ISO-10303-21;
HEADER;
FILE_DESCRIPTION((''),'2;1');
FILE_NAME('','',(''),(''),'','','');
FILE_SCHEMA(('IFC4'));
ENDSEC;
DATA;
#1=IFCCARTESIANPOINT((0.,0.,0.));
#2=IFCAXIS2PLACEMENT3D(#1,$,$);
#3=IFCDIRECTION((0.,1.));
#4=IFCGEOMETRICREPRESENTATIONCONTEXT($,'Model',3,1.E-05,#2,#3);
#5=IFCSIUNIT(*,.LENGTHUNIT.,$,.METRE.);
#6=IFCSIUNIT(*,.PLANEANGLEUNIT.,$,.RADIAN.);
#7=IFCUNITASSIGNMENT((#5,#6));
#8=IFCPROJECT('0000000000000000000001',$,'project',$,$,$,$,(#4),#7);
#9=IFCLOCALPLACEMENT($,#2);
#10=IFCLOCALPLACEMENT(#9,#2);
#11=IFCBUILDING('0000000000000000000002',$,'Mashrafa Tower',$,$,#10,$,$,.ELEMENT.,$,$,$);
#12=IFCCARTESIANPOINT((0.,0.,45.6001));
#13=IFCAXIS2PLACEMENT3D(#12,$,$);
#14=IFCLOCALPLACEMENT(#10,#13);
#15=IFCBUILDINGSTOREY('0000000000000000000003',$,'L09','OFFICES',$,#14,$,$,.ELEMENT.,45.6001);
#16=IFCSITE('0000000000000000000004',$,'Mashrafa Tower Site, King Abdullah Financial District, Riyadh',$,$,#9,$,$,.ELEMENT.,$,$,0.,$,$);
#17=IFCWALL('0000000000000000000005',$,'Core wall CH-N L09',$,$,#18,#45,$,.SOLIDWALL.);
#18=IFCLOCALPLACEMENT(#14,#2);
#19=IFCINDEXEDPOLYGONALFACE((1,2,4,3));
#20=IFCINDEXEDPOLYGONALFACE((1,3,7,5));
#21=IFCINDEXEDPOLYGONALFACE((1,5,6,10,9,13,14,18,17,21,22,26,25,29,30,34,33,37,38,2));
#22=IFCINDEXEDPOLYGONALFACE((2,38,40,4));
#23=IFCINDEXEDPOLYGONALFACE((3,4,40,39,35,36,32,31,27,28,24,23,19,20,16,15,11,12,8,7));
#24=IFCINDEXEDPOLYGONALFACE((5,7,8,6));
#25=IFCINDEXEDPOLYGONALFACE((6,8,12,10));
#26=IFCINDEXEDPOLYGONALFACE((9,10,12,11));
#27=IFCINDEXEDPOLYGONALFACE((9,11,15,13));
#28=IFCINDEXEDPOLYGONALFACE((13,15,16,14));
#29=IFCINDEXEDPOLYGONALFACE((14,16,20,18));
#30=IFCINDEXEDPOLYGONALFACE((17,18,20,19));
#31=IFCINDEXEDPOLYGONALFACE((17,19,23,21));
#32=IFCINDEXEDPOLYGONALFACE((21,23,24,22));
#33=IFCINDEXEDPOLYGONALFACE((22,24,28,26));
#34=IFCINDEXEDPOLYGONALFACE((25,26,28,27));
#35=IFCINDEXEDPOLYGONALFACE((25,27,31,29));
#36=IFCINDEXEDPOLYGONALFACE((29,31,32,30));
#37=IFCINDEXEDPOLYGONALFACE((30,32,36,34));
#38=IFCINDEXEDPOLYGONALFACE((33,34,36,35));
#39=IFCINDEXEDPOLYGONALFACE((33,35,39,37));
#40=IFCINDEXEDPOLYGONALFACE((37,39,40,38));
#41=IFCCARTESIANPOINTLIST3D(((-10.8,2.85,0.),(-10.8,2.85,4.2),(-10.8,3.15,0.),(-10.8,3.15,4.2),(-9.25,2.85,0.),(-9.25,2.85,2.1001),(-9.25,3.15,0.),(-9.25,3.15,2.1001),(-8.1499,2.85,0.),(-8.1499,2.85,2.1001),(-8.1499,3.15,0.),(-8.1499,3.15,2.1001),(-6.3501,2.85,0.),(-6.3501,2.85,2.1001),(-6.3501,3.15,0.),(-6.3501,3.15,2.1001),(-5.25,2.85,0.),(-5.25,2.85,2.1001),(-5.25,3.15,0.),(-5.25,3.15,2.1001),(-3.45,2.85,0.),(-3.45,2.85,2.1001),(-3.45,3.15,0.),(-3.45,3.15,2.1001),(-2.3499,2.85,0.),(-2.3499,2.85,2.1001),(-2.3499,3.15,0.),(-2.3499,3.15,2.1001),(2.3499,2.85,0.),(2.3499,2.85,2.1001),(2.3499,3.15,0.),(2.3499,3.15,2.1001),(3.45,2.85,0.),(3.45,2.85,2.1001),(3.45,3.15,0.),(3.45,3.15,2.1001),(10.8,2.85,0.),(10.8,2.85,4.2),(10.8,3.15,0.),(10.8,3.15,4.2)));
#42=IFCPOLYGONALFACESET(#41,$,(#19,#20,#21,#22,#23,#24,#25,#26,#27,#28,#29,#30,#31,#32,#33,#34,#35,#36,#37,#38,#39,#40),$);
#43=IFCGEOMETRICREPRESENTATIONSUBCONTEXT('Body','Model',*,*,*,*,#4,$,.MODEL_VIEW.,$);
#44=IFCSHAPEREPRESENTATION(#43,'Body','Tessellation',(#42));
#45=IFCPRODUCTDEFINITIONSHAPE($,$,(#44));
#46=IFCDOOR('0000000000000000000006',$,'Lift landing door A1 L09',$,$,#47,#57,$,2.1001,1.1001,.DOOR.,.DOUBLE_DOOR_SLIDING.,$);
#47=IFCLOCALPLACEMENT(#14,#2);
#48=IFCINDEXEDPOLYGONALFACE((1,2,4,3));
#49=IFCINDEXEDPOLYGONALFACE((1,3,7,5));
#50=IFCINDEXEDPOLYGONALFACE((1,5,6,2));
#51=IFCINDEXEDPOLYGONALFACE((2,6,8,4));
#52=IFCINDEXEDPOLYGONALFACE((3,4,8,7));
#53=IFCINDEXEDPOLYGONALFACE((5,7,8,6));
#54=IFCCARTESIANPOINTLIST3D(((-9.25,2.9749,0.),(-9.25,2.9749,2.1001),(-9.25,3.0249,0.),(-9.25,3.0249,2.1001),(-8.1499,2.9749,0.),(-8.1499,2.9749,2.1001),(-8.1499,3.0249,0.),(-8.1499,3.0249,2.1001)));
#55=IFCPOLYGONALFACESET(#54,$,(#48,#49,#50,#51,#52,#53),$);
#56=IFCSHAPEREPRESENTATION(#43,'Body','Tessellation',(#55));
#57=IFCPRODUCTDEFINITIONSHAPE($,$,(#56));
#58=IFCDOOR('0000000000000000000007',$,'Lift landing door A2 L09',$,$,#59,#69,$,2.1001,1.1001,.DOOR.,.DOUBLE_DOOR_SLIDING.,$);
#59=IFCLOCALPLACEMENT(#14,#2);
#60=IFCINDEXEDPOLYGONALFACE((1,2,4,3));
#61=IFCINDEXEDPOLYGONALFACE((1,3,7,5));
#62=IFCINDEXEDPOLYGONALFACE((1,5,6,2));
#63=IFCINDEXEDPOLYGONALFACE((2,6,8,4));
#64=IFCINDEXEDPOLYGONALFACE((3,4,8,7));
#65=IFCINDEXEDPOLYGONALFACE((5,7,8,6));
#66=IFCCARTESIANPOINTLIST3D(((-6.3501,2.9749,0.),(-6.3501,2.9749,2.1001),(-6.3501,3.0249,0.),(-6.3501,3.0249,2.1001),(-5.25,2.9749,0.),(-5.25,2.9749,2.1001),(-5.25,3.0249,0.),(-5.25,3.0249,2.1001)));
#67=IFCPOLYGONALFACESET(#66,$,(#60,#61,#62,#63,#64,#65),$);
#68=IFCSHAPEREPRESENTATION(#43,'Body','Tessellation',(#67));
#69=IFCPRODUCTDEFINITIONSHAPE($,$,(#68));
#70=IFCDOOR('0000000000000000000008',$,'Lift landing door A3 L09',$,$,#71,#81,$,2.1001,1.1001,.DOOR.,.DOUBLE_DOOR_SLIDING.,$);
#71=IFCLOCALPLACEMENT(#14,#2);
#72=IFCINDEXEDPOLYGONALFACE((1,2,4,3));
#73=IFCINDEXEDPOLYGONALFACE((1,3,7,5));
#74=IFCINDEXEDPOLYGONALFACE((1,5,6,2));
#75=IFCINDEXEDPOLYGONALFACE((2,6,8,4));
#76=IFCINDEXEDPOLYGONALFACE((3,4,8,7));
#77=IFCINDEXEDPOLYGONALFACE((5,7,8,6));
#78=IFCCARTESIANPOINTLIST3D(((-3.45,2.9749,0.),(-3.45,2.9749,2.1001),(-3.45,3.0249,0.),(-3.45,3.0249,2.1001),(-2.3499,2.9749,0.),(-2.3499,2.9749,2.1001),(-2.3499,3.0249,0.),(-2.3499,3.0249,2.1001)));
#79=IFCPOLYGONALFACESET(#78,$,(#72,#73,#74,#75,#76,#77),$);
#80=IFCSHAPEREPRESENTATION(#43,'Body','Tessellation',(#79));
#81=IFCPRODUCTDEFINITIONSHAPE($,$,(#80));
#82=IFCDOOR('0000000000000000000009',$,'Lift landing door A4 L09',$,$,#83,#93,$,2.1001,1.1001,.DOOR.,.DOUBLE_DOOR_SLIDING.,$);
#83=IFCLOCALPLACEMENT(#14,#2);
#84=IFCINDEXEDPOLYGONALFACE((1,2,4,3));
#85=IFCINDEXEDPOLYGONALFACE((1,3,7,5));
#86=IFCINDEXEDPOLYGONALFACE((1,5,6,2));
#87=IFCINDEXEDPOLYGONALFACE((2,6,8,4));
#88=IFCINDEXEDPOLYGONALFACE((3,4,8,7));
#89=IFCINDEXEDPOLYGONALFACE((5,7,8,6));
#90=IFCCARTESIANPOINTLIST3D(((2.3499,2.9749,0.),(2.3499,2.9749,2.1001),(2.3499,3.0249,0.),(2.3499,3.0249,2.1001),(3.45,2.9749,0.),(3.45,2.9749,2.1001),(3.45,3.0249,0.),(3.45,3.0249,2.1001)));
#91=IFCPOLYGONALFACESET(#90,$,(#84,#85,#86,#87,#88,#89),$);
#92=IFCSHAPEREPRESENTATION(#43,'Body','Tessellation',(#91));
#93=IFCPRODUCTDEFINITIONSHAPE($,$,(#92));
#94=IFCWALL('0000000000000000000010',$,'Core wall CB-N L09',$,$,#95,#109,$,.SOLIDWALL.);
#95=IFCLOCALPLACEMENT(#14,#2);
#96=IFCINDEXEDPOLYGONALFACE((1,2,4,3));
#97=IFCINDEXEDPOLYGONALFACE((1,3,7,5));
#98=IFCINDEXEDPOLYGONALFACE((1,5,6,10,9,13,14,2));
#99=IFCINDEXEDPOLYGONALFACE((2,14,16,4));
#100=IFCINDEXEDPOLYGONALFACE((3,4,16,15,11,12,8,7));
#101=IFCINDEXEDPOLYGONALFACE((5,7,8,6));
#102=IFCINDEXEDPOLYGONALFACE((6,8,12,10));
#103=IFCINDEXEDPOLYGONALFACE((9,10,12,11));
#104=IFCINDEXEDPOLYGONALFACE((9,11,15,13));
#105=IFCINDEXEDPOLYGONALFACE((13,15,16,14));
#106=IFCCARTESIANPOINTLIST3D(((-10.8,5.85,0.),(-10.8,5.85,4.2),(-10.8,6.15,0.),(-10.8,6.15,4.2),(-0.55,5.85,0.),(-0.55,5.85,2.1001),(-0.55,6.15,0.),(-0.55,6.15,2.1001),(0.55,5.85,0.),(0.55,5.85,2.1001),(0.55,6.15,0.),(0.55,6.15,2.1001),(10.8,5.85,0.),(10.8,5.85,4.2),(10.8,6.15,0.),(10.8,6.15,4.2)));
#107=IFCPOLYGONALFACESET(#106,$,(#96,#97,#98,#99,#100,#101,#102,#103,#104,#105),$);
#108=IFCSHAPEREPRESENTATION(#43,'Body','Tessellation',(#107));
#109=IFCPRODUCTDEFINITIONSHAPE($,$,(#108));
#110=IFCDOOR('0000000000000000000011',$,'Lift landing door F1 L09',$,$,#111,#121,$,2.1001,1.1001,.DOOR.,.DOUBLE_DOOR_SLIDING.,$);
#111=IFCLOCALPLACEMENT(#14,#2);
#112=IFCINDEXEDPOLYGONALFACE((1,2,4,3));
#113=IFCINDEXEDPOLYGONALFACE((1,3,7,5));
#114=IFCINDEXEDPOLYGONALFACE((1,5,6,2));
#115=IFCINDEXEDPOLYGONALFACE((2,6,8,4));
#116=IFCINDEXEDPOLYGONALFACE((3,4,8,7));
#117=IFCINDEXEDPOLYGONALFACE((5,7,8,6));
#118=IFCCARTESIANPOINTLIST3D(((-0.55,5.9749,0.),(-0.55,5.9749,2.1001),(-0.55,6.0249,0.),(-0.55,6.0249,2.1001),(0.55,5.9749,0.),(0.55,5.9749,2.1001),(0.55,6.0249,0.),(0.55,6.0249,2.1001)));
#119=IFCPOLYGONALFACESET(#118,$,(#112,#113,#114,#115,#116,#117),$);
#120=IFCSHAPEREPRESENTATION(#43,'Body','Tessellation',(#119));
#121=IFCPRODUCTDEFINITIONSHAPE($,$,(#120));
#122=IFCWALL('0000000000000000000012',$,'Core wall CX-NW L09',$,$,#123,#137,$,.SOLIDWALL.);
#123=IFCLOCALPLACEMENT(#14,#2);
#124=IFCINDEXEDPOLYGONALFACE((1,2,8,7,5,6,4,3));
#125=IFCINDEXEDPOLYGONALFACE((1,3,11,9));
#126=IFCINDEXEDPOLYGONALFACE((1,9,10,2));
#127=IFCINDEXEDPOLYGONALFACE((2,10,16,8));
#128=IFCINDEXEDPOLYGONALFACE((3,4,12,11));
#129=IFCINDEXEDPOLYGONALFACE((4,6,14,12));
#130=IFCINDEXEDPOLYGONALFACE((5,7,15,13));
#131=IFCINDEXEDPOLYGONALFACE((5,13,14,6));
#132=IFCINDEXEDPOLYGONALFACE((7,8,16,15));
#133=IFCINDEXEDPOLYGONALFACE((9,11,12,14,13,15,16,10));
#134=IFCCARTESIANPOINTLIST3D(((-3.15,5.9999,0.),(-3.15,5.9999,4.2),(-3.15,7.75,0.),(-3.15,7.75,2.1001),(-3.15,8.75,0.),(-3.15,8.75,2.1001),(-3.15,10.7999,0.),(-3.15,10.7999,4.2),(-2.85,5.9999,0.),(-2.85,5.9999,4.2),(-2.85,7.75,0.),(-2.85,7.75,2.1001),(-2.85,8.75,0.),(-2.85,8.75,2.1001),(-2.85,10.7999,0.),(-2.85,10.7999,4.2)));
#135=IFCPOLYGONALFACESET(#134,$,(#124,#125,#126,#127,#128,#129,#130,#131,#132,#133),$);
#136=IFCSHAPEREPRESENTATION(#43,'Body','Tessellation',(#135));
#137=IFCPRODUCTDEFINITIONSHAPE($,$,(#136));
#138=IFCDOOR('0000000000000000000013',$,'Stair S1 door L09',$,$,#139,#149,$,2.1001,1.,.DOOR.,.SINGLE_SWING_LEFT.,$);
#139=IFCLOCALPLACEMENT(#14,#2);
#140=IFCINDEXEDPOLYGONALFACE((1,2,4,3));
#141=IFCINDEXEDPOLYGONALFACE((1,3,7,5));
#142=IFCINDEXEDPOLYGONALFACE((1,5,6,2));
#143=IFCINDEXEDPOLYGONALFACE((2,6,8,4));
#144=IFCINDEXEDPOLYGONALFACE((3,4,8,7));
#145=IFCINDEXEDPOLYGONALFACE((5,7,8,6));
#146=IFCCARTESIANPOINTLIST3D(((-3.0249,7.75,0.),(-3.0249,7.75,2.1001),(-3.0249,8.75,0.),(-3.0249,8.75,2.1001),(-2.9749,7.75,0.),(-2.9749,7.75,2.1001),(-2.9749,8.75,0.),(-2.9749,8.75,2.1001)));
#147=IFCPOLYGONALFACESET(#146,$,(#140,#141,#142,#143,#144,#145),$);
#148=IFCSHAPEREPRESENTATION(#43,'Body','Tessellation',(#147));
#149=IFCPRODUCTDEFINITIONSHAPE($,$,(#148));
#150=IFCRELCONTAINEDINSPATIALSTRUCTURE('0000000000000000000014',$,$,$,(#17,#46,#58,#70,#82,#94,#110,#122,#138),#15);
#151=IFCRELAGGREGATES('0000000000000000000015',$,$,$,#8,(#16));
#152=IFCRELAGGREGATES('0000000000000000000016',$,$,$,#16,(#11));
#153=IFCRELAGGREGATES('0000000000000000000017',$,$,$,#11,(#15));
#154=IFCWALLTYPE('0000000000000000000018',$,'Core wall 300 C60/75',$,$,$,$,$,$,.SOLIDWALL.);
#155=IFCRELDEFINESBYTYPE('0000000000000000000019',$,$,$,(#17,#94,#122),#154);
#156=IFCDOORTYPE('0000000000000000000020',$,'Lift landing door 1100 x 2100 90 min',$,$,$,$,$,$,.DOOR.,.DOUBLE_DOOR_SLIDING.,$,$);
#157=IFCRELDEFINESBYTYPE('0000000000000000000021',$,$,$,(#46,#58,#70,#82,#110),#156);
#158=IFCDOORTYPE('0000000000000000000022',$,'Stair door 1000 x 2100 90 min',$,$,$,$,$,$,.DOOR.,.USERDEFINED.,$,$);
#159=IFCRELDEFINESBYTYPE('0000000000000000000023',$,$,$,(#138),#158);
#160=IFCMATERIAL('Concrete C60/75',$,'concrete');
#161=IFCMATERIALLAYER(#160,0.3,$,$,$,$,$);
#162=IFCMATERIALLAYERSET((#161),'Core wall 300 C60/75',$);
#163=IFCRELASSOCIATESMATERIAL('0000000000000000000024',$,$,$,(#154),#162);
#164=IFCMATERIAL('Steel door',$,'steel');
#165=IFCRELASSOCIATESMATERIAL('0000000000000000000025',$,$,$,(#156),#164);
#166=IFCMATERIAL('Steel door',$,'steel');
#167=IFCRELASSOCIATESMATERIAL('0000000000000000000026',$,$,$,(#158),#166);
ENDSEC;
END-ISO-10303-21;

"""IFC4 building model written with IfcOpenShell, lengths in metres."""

from ifc_helpers import new_model, si_unit, direction, frame, frame_2d, origin, place, context, subcontext, project, spatial, rectangle, extrude, material, layer, layer_set, type_object, element, fill, save


model = new_model("IFC4")

# Units and contexts
model_context = context("Model", 3, precision=1e-05, world=origin(), true_north=direction((0.0, 1.0)))
body_context = subcontext(model_context, "Body", "Model", "MODEL_VIEW")
ifc_project = project(units=[si_unit("LENGTHUNIT", "METRE"), si_unit("PLANEANGLEUNIT", "RADIAN")], contexts=[model_context])

# Site, building, storey
site_placement = place(None, origin())
site = spatial("IfcSite", under=ifc_project, at=site_placement, Name="Mashrafa Tower Site, King Abdullah Financial District, Riyadh", CompositionType="ELEMENT", RefElevation=0.0)
building_placement = place(site_placement, origin())
building = spatial("IfcBuilding", under=site, at=building_placement, Name="Mashrafa Tower", CompositionType="ELEMENT")
storey_placement = place(building_placement, frame((0.0, 0.0, 45.6001)))
storey = spatial("IfcBuildingStorey", under=building, at=storey_placement, Name="L09", Description="OFFICES", CompositionType="ELEMENT", Elevation=45.6001)

# Wall, openings, doors
ifc_material_1 = material(Name="Concrete C60/75", Category="concrete")
ifc_layer_1 = layer(ifc_material_1, 0.3)
ifc_layer_set_1 = layer_set([ifc_layer_1], Name="Core wall 300 C60/75")
wall_type_1 = type_object("IfcWallType", Name="Core wall 300 C60/75", PredefinedType="SOLIDWALL", material=ifc_layer_set_1)
wall_1_placement = place(storey_placement, frame((-10.8, 3.0, 0.0), z_axis=(0.0, 0.0, 1.0), x_axis=(1.0, 0.0, 0.0)))
wall_1 = element("IfcWall", 1, at=wall_1_placement, inside=storey, type_object=wall_type_1, Name="Core wall CH-N L09", PredefinedType="SOLIDWALL", context=body_context, shape_type="SweptSolid", body=[
    extrude(rectangle(XDim=21.6001, YDim=0.3, at=frame_2d((10.8, 0.0))), origin(), (0.0, 0.0, 1.0), 4.2),
])
opening_1_placement = place(wall_1_placement, frame((1.55, 0.0, 0.0)))
opening_1 = element("IfcOpeningElement", 2, at=opening_1_placement, cuts=wall_1, PredefinedType="OPENING", context=body_context, shape_type="SweptSolid", body=[
    extrude(rectangle(XDim=1.1001, YDim=2.1001, at=frame_2d((0.55, 1.05))), frame((0.0, 0.1599, 0.0), z_axis=(0.0, -1.0, 0.0), x_axis=(1.0, 0.0, 0.0)), (0.0, 0.0, 1.0), 0.3201),
])
opening_2_placement = place(wall_1_placement, frame((4.45, 0.0, 0.0)))
opening_2 = element("IfcOpeningElement", 3, at=opening_2_placement, cuts=wall_1, PredefinedType="OPENING", context=body_context, shape_type="SweptSolid", body=[
    extrude(rectangle(XDim=1.1001, YDim=2.1001, at=frame_2d((0.55, 1.05))), frame((0.0, 0.1599, 0.0), z_axis=(0.0, -1.0, 0.0), x_axis=(1.0, 0.0, 0.0)), (0.0, 0.0, 1.0), 0.3201),
])
opening_3_placement = place(wall_1_placement, frame((7.3501, 0.0, 0.0)))
opening_3 = element("IfcOpeningElement", 4, at=opening_3_placement, cuts=wall_1, PredefinedType="OPENING", context=body_context, shape_type="SweptSolid", body=[
    extrude(rectangle(XDim=1.1001, YDim=2.1001, at=frame_2d((0.55, 1.05))), frame((0.0, 0.1599, 0.0), z_axis=(0.0, -1.0, 0.0), x_axis=(1.0, 0.0, 0.0)), (0.0, 0.0, 1.0), 0.3201),
])
opening_4_placement = place(wall_1_placement, frame((13.1499, 0.0, 0.0)))
opening_4 = element("IfcOpeningElement", 5, at=opening_4_placement, cuts=wall_1, PredefinedType="OPENING", context=body_context, shape_type="SweptSolid", body=[
    extrude(rectangle(XDim=1.1001, YDim=2.1001, at=frame_2d((0.55, 1.05))), frame((0.0, 0.1599, 0.0), z_axis=(0.0, -1.0, 0.0), x_axis=(1.0, 0.0, 0.0)), (0.0, 0.0, 1.0), 0.3201),
])
ifc_material_2 = material(Name="Steel door", Category="steel")
door_type_1 = type_object("IfcDoorType", Name="Lift landing door 1100 x 2100 90 min", OperationType="DOUBLE_DOOR_SLIDING", PredefinedType="DOOR", material=ifc_material_2)
door_1_placement = place(opening_1_placement, origin())
door_1 = element("IfcDoor", 6, at=door_1_placement, inside=storey, type_object=door_type_1, Name="Lift landing door A1 L09", OperationType="DOUBLE_DOOR_SLIDING", OverallHeight=2.1001, OverallWidth=1.1001, PredefinedType="DOOR", context=body_context, shape_type="SweptSolid", body=[
    extrude(rectangle(XDim=1.1001, YDim=2.1001, at=frame_2d((0.55, 1.05))), frame((0.0, 0.0249, 0.0), z_axis=(0.0, -1.0, 0.0), x_axis=(1.0, 0.0, 0.0)), (0.0, 0.0, 1.0), 0.05),
])
fill(opening_1, door_1)
door_2_placement = place(opening_2_placement, origin())
door_2 = element("IfcDoor", 7, at=door_2_placement, inside=storey, type_object=door_type_1, Name="Lift landing door A2 L09", OperationType="DOUBLE_DOOR_SLIDING", OverallHeight=2.1001, OverallWidth=1.1001, PredefinedType="DOOR", context=body_context, shape_type="SweptSolid", body=[
    extrude(rectangle(XDim=1.1001, YDim=2.1001, at=frame_2d((0.55, 1.05))), frame((0.0, 0.0249, 0.0), z_axis=(0.0, -1.0, 0.0), x_axis=(1.0, 0.0, 0.0)), (0.0, 0.0, 1.0), 0.05),
])
fill(opening_2, door_2)
door_3_placement = place(opening_3_placement, origin())
door_3 = element("IfcDoor", 8, at=door_3_placement, inside=storey, type_object=door_type_1, Name="Lift landing door A3 L09", OperationType="DOUBLE_DOOR_SLIDING", OverallHeight=2.1001, OverallWidth=1.1001, PredefinedType="DOOR", context=body_context, shape_type="SweptSolid", body=[
    extrude(rectangle(XDim=1.1001, YDim=2.1001, at=frame_2d((0.55, 1.05))), frame((0.0, 0.0249, 0.0), z_axis=(0.0, -1.0, 0.0), x_axis=(1.0, 0.0, 0.0)), (0.0, 0.0, 1.0), 0.05),
])
fill(opening_3, door_3)
door_4_placement = place(opening_4_placement, origin())
door_4 = element("IfcDoor", 9, at=door_4_placement, inside=storey, type_object=door_type_1, Name="Lift landing door A4 L09", OperationType="DOUBLE_DOOR_SLIDING", OverallHeight=2.1001, OverallWidth=1.1001, PredefinedType="DOOR", context=body_context, shape_type="SweptSolid", body=[
    extrude(rectangle(XDim=1.1001, YDim=2.1001, at=frame_2d((0.55, 1.05))), frame((0.0, 0.0249, 0.0), z_axis=(0.0, -1.0, 0.0), x_axis=(1.0, 0.0, 0.0)), (0.0, 0.0, 1.0), 0.05),
])
fill(opening_4, door_4)

# Walls, openings, doors
wall_2_placement = place(storey_placement, frame((-10.8, 6.0, 0.0), z_axis=(0.0, 0.0, 1.0), x_axis=(1.0, 0.0, 0.0)))
wall_2 = element("IfcWall", 10, at=wall_2_placement, inside=storey, type_object=wall_type_1, Name="Core wall CB-N L09", PredefinedType="SOLIDWALL", context=body_context, shape_type="SweptSolid", body=[
    extrude(rectangle(XDim=21.6001, YDim=0.3, at=frame_2d((10.8, 0.0))), origin(), (0.0, 0.0, 1.0), 4.2),
])
opening_5_placement = place(wall_2_placement, frame((10.25, 0.0, 0.0)))
opening_5 = element("IfcOpeningElement", 11, at=opening_5_placement, cuts=wall_2, PredefinedType="OPENING", context=body_context, shape_type="SweptSolid", body=[
    extrude(rectangle(XDim=1.1001, YDim=2.1001, at=frame_2d((0.55, 1.05))), frame((0.0, 0.1599, 0.0), z_axis=(0.0, -1.0, 0.0), x_axis=(1.0, 0.0, 0.0)), (0.0, 0.0, 1.0), 0.3201),
])
door_5_placement = place(opening_5_placement, origin())
door_5 = element("IfcDoor", 12, at=door_5_placement, inside=storey, type_object=door_type_1, Name="Lift landing door F1 L09", OperationType="DOUBLE_DOOR_SLIDING", OverallHeight=2.1001, OverallWidth=1.1001, PredefinedType="DOOR", context=body_context, shape_type="SweptSolid", body=[
    extrude(rectangle(XDim=1.1001, YDim=2.1001, at=frame_2d((0.55, 1.05))), frame((0.0, 0.0249, 0.0), z_axis=(0.0, -1.0, 0.0), x_axis=(1.0, 0.0, 0.0)), (0.0, 0.0, 1.0), 0.05),
])
fill(opening_5, door_5)
wall_3_placement = place(storey_placement, frame((-3.0, 6.0, 0.0), z_axis=(0.0, 0.0, 1.0), x_axis=(0.0, 1.0, 0.0)))
wall_3 = element("IfcWall", 13, at=wall_3_placement, inside=storey, type_object=wall_type_1, Name="Core wall CX-NW L09", PredefinedType="SOLIDWALL", context=body_context, shape_type="SweptSolid", body=[
    extrude(rectangle(XDim=4.8, YDim=0.3, at=frame_2d((2.3999, 0.0))), origin(), (0.0, 0.0, 1.0), 4.2),
])
opening_6_placement = place(wall_3_placement, frame((1.75, 0.0, 0.0)))
opening_6 = element("IfcOpeningElement", 14, at=opening_6_placement, cuts=wall_3, PredefinedType="OPENING", context=body_context, shape_type="SweptSolid", body=[
    extrude(rectangle(XDim=1.0, YDim=2.1001, at=frame_2d((0.5, 1.05))), frame((0.0, 0.1599, 0.0), z_axis=(0.0, -1.0, 0.0), x_axis=(1.0, 0.0, 0.0)), (0.0, 0.0, 1.0), 0.3201),
])
ifc_material_3 = material(Name="Steel door", Category="steel")
door_type_2 = type_object("IfcDoorType", Name="Stair door 1000 x 2100 90 min", OperationType="USERDEFINED", PredefinedType="DOOR", material=ifc_material_3)
door_6_placement = place(opening_6_placement, origin())
door_6 = element("IfcDoor", 15, at=door_6_placement, inside=storey, type_object=door_type_2, Name="Stair S1 door L09", OperationType="SINGLE_SWING_LEFT", OverallHeight=2.1001, OverallWidth=1.0, PredefinedType="DOOR", context=body_context, shape_type="SweptSolid", body=[
    extrude(rectangle(XDim=1.0, YDim=2.1001, at=frame_2d((0.5, 1.05))), frame((0.0, 0.0249, 0.0), z_axis=(0.0, -1.0, 0.0), x_axis=(1.0, 0.0, 0.0)), (0.0, 0.0, 1.0), 0.05),
])
fill(opening_6, door_6)

save(model, "model.ifc")
